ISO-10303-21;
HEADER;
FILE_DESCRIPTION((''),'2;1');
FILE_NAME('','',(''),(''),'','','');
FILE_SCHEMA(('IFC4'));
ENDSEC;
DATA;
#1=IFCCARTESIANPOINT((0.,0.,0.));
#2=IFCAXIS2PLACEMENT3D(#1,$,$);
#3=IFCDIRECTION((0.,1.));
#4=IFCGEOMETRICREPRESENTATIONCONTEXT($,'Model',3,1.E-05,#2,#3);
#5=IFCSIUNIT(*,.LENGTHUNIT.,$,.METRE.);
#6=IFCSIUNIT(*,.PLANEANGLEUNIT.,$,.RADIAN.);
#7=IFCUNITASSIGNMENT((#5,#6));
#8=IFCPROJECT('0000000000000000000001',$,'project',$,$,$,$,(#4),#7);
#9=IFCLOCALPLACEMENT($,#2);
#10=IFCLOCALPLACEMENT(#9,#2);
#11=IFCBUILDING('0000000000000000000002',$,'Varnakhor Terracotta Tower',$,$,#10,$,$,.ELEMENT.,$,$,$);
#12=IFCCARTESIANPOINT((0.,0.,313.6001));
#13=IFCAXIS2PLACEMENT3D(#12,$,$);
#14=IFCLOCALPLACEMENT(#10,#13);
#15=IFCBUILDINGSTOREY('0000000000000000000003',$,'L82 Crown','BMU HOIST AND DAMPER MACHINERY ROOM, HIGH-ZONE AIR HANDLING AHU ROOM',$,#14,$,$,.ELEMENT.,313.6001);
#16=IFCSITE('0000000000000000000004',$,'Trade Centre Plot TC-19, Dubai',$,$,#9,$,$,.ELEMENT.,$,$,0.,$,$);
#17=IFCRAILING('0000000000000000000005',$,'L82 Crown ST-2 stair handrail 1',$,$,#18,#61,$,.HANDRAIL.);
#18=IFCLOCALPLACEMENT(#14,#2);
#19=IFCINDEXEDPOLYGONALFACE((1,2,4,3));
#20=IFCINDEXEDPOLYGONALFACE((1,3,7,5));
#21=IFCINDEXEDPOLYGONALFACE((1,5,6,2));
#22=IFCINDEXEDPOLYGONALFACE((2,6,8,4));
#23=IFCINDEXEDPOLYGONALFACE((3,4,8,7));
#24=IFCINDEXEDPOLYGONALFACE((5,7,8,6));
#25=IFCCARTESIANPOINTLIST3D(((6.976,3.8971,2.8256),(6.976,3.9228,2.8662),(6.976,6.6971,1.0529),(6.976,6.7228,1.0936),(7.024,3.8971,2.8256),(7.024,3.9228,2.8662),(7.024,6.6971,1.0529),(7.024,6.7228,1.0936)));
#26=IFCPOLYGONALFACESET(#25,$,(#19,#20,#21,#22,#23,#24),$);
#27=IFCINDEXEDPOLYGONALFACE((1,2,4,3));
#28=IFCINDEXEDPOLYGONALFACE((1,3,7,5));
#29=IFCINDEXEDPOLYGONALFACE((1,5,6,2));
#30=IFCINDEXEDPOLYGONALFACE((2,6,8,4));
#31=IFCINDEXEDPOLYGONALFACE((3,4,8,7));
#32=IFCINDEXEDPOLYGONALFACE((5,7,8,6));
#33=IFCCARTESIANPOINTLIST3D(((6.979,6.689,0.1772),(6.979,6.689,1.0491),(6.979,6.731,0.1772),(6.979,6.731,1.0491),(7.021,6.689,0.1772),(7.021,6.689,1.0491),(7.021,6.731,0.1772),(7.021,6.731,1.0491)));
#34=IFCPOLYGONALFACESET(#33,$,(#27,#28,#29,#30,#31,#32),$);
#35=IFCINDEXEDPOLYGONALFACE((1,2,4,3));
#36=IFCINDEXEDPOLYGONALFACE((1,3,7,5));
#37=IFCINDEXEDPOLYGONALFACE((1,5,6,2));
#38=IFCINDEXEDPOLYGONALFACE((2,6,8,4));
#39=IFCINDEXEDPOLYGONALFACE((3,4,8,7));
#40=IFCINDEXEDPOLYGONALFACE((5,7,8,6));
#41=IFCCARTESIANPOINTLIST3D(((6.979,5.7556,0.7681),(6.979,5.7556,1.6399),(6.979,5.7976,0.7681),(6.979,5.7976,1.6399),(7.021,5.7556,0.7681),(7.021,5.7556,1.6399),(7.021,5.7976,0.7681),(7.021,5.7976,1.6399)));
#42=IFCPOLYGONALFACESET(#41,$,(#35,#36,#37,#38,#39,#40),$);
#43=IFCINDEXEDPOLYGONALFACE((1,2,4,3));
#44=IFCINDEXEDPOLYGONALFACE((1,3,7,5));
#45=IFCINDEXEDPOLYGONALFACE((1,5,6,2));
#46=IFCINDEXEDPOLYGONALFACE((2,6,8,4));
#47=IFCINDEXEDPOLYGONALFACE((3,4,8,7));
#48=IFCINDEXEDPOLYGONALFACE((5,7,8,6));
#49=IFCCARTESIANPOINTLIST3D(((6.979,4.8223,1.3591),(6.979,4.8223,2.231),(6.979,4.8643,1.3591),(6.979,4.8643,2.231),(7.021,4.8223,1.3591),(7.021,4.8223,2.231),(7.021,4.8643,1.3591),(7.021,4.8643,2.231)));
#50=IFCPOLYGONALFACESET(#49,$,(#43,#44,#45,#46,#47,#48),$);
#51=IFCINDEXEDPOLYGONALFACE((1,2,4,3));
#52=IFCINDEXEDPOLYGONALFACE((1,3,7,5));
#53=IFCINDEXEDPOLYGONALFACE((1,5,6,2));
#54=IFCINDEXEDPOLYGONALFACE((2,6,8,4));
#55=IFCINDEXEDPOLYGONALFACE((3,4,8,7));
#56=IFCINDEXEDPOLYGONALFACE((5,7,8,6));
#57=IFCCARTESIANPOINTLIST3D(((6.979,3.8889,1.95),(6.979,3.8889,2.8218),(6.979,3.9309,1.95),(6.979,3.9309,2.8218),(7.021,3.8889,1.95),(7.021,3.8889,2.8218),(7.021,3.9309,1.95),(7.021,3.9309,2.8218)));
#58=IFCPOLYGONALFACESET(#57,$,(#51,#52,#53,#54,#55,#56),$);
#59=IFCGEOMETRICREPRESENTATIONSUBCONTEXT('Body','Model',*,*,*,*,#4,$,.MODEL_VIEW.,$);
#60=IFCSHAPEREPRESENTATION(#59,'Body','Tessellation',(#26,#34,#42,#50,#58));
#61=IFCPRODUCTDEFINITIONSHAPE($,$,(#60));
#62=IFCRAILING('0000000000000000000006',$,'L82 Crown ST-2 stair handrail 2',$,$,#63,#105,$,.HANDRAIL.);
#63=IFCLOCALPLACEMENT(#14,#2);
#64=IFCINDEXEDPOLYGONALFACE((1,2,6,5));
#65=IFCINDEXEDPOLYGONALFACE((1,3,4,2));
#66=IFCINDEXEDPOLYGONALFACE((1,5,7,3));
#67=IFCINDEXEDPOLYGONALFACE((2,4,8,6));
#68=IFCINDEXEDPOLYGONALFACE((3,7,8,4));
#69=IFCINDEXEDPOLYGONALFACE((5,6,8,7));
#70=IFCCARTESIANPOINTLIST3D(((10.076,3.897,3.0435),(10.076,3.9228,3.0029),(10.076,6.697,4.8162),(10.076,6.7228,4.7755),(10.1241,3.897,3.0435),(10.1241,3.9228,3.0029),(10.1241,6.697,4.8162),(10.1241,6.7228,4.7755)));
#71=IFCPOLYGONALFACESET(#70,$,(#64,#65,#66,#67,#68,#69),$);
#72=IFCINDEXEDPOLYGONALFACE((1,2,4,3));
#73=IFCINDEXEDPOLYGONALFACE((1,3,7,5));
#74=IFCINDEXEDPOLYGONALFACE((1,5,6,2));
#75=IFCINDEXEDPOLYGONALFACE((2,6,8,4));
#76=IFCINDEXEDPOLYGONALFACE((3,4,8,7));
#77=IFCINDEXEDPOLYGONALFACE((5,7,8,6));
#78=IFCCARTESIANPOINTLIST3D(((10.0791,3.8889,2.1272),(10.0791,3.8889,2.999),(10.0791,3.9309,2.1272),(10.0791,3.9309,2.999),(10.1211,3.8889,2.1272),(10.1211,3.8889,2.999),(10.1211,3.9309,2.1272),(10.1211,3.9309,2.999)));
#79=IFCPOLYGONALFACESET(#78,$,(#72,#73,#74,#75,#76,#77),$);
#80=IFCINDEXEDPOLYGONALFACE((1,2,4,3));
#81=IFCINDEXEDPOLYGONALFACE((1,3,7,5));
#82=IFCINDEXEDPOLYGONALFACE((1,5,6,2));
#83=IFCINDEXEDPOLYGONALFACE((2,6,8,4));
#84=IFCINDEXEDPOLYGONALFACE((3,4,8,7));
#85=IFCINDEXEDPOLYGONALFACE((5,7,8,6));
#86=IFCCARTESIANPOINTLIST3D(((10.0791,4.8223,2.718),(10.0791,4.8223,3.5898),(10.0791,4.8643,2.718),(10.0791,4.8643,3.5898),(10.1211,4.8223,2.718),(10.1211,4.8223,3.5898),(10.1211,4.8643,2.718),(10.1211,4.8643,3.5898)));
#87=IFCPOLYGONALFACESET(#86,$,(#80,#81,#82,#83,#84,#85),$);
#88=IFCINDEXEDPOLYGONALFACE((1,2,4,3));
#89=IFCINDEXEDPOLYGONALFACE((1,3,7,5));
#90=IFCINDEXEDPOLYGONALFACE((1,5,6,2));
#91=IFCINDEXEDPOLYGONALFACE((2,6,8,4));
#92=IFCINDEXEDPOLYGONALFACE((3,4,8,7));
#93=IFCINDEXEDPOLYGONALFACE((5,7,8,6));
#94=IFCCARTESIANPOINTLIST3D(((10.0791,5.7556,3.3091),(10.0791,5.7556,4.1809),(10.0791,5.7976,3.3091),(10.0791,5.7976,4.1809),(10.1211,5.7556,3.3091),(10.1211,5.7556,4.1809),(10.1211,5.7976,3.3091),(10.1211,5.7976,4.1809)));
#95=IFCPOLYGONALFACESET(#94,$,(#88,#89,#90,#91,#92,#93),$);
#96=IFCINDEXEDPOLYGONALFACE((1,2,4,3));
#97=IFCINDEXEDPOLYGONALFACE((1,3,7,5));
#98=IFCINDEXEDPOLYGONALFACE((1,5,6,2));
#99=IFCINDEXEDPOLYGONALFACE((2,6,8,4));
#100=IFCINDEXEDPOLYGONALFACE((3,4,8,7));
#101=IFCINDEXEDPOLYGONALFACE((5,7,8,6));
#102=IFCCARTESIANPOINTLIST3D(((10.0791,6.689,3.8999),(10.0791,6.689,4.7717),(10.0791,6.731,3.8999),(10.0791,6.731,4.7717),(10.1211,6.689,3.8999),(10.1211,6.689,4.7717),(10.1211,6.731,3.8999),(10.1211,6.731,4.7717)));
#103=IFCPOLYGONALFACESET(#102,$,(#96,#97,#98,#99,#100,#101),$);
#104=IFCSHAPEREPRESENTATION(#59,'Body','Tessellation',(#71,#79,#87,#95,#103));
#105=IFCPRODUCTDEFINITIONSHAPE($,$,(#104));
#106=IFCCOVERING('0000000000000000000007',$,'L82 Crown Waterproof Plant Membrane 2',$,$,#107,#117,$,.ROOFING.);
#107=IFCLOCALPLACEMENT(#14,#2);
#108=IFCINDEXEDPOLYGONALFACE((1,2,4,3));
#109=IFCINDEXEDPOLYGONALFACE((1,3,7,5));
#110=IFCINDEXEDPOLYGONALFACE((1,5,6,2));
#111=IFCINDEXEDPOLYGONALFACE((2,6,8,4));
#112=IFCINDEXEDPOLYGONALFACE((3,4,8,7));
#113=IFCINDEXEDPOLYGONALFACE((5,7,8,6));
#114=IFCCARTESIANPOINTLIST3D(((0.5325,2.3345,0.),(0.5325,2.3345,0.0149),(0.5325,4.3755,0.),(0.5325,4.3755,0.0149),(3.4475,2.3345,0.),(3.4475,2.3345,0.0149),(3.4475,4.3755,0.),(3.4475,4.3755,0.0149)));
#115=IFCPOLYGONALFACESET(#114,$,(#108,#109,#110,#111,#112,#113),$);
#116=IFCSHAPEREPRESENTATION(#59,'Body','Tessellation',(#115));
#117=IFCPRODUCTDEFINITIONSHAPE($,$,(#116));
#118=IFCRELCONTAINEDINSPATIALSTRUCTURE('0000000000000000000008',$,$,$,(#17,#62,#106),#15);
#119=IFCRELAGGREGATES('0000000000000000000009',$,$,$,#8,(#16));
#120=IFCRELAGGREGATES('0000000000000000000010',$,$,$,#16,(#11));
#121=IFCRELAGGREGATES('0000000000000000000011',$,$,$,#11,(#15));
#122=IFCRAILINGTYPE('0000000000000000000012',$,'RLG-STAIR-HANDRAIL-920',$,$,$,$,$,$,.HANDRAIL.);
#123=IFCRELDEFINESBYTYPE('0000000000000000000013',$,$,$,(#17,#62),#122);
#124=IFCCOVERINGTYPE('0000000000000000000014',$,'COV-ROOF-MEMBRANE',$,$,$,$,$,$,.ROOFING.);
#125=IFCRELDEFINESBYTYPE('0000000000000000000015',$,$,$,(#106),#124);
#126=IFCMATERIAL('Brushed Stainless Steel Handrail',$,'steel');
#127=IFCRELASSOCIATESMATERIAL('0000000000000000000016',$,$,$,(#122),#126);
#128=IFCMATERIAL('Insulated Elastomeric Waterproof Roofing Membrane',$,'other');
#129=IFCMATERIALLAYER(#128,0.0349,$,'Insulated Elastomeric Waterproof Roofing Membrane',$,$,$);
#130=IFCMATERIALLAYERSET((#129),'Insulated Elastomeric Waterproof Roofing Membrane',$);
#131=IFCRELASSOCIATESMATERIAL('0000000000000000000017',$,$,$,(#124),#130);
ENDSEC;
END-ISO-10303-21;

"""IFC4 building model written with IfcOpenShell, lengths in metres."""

from ifc_helpers import new_model, si_unit, direction, frame, origin, origin_2d, place, context, subcontext, project, spatial, rectangle, extrude, source, transform, mapped, material, layer, layer_set, type_object, element, save


model = new_model("IFC4")

# Units and contexts
model_context = context("Model", 3, precision=1e-05, world=origin(), true_north=direction((0.0, 1.0)))
body_context = subcontext(model_context, "Body", "Model", "MODEL_VIEW")
ifc_project = project(units=[si_unit("LENGTHUNIT", "METRE"), si_unit("PLANEANGLEUNIT", "RADIAN")], contexts=[model_context])

# Site, building, storey
site_placement = place(None, origin())
site = spatial("IfcSite", under=ifc_project, at=site_placement, Name="Trade Centre Plot TC-19, Dubai", CompositionType="ELEMENT", RefElevation=0.0)
building_placement = place(site_placement, origin())
building = spatial("IfcBuilding", under=site, at=building_placement, Name="Varnakhor Terracotta Tower", CompositionType="ELEMENT")
storey_placement = place(building_placement, frame((0.0, 0.0, 313.6001)))
storey = spatial("IfcBuildingStorey", under=building, at=storey_placement, Name="L82 Crown", Description="BMU HOIST AND DAMPER MACHINERY ROOM, HIGH-ZONE AIR HANDLING AHU ROOM", CompositionType="ELEMENT", Elevation=313.6001)

# Railings
ifc_material_1 = material(Name="Brushed Stainless Steel Handrail", Category="steel")
railing_type_1 = type_object("IfcRailingType", Name="RLG-STAIR-HANDRAIL-920", PredefinedType="HANDRAIL", material=ifc_material_1)
railing_1_placement = place(storey_placement, frame((7.0, 6.71, 0.1772)))
element("IfcRailing", 1, at=railing_1_placement, inside=storey, type_object=railing_type_1, Name="L82 Crown ST-2 stair handrail 1", PredefinedType="HANDRAIL", context=body_context, shape_type="SweptSolid", body=[
    extrude(rectangle(XDim=0.0481, YDim=0.0481, at=origin_2d()), frame((0.0, 0.0, 0.896), z_axis=(0.0, -0.844909, 0.53491), x_axis=(1.0, 0.0, 0.0)), (0.0, 0.0, 1.0), 3.314),
    extrude(rectangle(XDim=0.042, YDim=0.042, at=origin_2d()), origin(), (0.0, 0.0, 1.0), 0.8718),
    extrude(rectangle(XDim=0.042, YDim=0.042, at=origin_2d()), frame((0.0, -0.9333, 0.5908)), (0.0, 0.0, 1.0), 0.8718),
    extrude(rectangle(XDim=0.042, YDim=0.042, at=origin_2d()), frame((0.0, -1.8667, 1.1819)), (0.0, 0.0, 1.0), 0.8718),
    extrude(rectangle(XDim=0.042, YDim=0.042, at=origin_2d()), frame((0.0, -2.8, 1.7727)), (0.0, 0.0, 1.0), 0.8718),
])
railing_2_placement = place(storey_placement, frame((10.1001, 3.9099, 2.1272)))
element("IfcRailing", 2, at=railing_2_placement, inside=storey, type_object=railing_type_1, Name="L82 Crown ST-2 stair handrail 2", PredefinedType="HANDRAIL", context=body_context, shape_type="SweptSolid", body=[
    extrude(rectangle(XDim=0.0481, YDim=0.0481, at=origin_2d()), frame((0.0, 0.0, 0.896), z_axis=(0.0, 0.844909, 0.53491), x_axis=(-1.0, 0.0, 0.0)), (0.0, 0.0, 1.0), 3.314),
    extrude(rectangle(XDim=0.042, YDim=0.042, at=origin_2d()), origin(), (0.0, 0.0, 1.0), 0.8718),
    extrude(rectangle(XDim=0.042, YDim=0.042, at=origin_2d()), frame((0.0, 0.9333, 0.5908)), (0.0, 0.0, 1.0), 0.8718),
    extrude(rectangle(XDim=0.042, YDim=0.042, at=origin_2d()), frame((0.0, 1.8667, 1.1819)), (0.0, 0.0, 1.0), 0.8718),
    extrude(rectangle(XDim=0.042, YDim=0.042, at=origin_2d()), frame((0.0, 2.8, 1.7727)), (0.0, 0.0, 1.0), 0.8718),
])

# Covering
ifc_material_2 = material(Name="Insulated Elastomeric Waterproof Roofing Membrane", Category="other")
ifc_layer_1 = layer(ifc_material_2, 0.0349, Name="Insulated Elastomeric Waterproof Roofing Membrane")
ifc_layer_set_1 = layer_set([ifc_layer_1], Name="Insulated Elastomeric Waterproof Roofing Membrane")
covering_type = type_object("IfcCoveringType", Name="COV-ROOF-MEMBRANE", PredefinedType="ROOFING", material=ifc_layer_set_1)
shared_shape_1 = source(origin(), body_context, "Body", "SweptSolid", [
    extrude(rectangle(XDim=2.915, YDim=2.041, at=origin_2d()), origin(), (0.0, 0.0, 1.0), 0.0149),
])
covering_placement = place(storey_placement, frame((1.99, 3.355, 0.0), z_axis=(0.0, 0.0, 1.0), x_axis=(1.0, 0.0, 0.0)))
element("IfcCovering", 3, at=covering_placement, inside=storey, type_object=covering_type, Name="L82 Crown Waterproof Plant Membrane 2", PredefinedType="ROOFING", context=body_context, shape_type="MappedRepresentation", body=[
    mapped(shared_shape_1, transform((0.0, 0.0, 0.0), scale=1.0)),
])

save(model, "model.ifc")
